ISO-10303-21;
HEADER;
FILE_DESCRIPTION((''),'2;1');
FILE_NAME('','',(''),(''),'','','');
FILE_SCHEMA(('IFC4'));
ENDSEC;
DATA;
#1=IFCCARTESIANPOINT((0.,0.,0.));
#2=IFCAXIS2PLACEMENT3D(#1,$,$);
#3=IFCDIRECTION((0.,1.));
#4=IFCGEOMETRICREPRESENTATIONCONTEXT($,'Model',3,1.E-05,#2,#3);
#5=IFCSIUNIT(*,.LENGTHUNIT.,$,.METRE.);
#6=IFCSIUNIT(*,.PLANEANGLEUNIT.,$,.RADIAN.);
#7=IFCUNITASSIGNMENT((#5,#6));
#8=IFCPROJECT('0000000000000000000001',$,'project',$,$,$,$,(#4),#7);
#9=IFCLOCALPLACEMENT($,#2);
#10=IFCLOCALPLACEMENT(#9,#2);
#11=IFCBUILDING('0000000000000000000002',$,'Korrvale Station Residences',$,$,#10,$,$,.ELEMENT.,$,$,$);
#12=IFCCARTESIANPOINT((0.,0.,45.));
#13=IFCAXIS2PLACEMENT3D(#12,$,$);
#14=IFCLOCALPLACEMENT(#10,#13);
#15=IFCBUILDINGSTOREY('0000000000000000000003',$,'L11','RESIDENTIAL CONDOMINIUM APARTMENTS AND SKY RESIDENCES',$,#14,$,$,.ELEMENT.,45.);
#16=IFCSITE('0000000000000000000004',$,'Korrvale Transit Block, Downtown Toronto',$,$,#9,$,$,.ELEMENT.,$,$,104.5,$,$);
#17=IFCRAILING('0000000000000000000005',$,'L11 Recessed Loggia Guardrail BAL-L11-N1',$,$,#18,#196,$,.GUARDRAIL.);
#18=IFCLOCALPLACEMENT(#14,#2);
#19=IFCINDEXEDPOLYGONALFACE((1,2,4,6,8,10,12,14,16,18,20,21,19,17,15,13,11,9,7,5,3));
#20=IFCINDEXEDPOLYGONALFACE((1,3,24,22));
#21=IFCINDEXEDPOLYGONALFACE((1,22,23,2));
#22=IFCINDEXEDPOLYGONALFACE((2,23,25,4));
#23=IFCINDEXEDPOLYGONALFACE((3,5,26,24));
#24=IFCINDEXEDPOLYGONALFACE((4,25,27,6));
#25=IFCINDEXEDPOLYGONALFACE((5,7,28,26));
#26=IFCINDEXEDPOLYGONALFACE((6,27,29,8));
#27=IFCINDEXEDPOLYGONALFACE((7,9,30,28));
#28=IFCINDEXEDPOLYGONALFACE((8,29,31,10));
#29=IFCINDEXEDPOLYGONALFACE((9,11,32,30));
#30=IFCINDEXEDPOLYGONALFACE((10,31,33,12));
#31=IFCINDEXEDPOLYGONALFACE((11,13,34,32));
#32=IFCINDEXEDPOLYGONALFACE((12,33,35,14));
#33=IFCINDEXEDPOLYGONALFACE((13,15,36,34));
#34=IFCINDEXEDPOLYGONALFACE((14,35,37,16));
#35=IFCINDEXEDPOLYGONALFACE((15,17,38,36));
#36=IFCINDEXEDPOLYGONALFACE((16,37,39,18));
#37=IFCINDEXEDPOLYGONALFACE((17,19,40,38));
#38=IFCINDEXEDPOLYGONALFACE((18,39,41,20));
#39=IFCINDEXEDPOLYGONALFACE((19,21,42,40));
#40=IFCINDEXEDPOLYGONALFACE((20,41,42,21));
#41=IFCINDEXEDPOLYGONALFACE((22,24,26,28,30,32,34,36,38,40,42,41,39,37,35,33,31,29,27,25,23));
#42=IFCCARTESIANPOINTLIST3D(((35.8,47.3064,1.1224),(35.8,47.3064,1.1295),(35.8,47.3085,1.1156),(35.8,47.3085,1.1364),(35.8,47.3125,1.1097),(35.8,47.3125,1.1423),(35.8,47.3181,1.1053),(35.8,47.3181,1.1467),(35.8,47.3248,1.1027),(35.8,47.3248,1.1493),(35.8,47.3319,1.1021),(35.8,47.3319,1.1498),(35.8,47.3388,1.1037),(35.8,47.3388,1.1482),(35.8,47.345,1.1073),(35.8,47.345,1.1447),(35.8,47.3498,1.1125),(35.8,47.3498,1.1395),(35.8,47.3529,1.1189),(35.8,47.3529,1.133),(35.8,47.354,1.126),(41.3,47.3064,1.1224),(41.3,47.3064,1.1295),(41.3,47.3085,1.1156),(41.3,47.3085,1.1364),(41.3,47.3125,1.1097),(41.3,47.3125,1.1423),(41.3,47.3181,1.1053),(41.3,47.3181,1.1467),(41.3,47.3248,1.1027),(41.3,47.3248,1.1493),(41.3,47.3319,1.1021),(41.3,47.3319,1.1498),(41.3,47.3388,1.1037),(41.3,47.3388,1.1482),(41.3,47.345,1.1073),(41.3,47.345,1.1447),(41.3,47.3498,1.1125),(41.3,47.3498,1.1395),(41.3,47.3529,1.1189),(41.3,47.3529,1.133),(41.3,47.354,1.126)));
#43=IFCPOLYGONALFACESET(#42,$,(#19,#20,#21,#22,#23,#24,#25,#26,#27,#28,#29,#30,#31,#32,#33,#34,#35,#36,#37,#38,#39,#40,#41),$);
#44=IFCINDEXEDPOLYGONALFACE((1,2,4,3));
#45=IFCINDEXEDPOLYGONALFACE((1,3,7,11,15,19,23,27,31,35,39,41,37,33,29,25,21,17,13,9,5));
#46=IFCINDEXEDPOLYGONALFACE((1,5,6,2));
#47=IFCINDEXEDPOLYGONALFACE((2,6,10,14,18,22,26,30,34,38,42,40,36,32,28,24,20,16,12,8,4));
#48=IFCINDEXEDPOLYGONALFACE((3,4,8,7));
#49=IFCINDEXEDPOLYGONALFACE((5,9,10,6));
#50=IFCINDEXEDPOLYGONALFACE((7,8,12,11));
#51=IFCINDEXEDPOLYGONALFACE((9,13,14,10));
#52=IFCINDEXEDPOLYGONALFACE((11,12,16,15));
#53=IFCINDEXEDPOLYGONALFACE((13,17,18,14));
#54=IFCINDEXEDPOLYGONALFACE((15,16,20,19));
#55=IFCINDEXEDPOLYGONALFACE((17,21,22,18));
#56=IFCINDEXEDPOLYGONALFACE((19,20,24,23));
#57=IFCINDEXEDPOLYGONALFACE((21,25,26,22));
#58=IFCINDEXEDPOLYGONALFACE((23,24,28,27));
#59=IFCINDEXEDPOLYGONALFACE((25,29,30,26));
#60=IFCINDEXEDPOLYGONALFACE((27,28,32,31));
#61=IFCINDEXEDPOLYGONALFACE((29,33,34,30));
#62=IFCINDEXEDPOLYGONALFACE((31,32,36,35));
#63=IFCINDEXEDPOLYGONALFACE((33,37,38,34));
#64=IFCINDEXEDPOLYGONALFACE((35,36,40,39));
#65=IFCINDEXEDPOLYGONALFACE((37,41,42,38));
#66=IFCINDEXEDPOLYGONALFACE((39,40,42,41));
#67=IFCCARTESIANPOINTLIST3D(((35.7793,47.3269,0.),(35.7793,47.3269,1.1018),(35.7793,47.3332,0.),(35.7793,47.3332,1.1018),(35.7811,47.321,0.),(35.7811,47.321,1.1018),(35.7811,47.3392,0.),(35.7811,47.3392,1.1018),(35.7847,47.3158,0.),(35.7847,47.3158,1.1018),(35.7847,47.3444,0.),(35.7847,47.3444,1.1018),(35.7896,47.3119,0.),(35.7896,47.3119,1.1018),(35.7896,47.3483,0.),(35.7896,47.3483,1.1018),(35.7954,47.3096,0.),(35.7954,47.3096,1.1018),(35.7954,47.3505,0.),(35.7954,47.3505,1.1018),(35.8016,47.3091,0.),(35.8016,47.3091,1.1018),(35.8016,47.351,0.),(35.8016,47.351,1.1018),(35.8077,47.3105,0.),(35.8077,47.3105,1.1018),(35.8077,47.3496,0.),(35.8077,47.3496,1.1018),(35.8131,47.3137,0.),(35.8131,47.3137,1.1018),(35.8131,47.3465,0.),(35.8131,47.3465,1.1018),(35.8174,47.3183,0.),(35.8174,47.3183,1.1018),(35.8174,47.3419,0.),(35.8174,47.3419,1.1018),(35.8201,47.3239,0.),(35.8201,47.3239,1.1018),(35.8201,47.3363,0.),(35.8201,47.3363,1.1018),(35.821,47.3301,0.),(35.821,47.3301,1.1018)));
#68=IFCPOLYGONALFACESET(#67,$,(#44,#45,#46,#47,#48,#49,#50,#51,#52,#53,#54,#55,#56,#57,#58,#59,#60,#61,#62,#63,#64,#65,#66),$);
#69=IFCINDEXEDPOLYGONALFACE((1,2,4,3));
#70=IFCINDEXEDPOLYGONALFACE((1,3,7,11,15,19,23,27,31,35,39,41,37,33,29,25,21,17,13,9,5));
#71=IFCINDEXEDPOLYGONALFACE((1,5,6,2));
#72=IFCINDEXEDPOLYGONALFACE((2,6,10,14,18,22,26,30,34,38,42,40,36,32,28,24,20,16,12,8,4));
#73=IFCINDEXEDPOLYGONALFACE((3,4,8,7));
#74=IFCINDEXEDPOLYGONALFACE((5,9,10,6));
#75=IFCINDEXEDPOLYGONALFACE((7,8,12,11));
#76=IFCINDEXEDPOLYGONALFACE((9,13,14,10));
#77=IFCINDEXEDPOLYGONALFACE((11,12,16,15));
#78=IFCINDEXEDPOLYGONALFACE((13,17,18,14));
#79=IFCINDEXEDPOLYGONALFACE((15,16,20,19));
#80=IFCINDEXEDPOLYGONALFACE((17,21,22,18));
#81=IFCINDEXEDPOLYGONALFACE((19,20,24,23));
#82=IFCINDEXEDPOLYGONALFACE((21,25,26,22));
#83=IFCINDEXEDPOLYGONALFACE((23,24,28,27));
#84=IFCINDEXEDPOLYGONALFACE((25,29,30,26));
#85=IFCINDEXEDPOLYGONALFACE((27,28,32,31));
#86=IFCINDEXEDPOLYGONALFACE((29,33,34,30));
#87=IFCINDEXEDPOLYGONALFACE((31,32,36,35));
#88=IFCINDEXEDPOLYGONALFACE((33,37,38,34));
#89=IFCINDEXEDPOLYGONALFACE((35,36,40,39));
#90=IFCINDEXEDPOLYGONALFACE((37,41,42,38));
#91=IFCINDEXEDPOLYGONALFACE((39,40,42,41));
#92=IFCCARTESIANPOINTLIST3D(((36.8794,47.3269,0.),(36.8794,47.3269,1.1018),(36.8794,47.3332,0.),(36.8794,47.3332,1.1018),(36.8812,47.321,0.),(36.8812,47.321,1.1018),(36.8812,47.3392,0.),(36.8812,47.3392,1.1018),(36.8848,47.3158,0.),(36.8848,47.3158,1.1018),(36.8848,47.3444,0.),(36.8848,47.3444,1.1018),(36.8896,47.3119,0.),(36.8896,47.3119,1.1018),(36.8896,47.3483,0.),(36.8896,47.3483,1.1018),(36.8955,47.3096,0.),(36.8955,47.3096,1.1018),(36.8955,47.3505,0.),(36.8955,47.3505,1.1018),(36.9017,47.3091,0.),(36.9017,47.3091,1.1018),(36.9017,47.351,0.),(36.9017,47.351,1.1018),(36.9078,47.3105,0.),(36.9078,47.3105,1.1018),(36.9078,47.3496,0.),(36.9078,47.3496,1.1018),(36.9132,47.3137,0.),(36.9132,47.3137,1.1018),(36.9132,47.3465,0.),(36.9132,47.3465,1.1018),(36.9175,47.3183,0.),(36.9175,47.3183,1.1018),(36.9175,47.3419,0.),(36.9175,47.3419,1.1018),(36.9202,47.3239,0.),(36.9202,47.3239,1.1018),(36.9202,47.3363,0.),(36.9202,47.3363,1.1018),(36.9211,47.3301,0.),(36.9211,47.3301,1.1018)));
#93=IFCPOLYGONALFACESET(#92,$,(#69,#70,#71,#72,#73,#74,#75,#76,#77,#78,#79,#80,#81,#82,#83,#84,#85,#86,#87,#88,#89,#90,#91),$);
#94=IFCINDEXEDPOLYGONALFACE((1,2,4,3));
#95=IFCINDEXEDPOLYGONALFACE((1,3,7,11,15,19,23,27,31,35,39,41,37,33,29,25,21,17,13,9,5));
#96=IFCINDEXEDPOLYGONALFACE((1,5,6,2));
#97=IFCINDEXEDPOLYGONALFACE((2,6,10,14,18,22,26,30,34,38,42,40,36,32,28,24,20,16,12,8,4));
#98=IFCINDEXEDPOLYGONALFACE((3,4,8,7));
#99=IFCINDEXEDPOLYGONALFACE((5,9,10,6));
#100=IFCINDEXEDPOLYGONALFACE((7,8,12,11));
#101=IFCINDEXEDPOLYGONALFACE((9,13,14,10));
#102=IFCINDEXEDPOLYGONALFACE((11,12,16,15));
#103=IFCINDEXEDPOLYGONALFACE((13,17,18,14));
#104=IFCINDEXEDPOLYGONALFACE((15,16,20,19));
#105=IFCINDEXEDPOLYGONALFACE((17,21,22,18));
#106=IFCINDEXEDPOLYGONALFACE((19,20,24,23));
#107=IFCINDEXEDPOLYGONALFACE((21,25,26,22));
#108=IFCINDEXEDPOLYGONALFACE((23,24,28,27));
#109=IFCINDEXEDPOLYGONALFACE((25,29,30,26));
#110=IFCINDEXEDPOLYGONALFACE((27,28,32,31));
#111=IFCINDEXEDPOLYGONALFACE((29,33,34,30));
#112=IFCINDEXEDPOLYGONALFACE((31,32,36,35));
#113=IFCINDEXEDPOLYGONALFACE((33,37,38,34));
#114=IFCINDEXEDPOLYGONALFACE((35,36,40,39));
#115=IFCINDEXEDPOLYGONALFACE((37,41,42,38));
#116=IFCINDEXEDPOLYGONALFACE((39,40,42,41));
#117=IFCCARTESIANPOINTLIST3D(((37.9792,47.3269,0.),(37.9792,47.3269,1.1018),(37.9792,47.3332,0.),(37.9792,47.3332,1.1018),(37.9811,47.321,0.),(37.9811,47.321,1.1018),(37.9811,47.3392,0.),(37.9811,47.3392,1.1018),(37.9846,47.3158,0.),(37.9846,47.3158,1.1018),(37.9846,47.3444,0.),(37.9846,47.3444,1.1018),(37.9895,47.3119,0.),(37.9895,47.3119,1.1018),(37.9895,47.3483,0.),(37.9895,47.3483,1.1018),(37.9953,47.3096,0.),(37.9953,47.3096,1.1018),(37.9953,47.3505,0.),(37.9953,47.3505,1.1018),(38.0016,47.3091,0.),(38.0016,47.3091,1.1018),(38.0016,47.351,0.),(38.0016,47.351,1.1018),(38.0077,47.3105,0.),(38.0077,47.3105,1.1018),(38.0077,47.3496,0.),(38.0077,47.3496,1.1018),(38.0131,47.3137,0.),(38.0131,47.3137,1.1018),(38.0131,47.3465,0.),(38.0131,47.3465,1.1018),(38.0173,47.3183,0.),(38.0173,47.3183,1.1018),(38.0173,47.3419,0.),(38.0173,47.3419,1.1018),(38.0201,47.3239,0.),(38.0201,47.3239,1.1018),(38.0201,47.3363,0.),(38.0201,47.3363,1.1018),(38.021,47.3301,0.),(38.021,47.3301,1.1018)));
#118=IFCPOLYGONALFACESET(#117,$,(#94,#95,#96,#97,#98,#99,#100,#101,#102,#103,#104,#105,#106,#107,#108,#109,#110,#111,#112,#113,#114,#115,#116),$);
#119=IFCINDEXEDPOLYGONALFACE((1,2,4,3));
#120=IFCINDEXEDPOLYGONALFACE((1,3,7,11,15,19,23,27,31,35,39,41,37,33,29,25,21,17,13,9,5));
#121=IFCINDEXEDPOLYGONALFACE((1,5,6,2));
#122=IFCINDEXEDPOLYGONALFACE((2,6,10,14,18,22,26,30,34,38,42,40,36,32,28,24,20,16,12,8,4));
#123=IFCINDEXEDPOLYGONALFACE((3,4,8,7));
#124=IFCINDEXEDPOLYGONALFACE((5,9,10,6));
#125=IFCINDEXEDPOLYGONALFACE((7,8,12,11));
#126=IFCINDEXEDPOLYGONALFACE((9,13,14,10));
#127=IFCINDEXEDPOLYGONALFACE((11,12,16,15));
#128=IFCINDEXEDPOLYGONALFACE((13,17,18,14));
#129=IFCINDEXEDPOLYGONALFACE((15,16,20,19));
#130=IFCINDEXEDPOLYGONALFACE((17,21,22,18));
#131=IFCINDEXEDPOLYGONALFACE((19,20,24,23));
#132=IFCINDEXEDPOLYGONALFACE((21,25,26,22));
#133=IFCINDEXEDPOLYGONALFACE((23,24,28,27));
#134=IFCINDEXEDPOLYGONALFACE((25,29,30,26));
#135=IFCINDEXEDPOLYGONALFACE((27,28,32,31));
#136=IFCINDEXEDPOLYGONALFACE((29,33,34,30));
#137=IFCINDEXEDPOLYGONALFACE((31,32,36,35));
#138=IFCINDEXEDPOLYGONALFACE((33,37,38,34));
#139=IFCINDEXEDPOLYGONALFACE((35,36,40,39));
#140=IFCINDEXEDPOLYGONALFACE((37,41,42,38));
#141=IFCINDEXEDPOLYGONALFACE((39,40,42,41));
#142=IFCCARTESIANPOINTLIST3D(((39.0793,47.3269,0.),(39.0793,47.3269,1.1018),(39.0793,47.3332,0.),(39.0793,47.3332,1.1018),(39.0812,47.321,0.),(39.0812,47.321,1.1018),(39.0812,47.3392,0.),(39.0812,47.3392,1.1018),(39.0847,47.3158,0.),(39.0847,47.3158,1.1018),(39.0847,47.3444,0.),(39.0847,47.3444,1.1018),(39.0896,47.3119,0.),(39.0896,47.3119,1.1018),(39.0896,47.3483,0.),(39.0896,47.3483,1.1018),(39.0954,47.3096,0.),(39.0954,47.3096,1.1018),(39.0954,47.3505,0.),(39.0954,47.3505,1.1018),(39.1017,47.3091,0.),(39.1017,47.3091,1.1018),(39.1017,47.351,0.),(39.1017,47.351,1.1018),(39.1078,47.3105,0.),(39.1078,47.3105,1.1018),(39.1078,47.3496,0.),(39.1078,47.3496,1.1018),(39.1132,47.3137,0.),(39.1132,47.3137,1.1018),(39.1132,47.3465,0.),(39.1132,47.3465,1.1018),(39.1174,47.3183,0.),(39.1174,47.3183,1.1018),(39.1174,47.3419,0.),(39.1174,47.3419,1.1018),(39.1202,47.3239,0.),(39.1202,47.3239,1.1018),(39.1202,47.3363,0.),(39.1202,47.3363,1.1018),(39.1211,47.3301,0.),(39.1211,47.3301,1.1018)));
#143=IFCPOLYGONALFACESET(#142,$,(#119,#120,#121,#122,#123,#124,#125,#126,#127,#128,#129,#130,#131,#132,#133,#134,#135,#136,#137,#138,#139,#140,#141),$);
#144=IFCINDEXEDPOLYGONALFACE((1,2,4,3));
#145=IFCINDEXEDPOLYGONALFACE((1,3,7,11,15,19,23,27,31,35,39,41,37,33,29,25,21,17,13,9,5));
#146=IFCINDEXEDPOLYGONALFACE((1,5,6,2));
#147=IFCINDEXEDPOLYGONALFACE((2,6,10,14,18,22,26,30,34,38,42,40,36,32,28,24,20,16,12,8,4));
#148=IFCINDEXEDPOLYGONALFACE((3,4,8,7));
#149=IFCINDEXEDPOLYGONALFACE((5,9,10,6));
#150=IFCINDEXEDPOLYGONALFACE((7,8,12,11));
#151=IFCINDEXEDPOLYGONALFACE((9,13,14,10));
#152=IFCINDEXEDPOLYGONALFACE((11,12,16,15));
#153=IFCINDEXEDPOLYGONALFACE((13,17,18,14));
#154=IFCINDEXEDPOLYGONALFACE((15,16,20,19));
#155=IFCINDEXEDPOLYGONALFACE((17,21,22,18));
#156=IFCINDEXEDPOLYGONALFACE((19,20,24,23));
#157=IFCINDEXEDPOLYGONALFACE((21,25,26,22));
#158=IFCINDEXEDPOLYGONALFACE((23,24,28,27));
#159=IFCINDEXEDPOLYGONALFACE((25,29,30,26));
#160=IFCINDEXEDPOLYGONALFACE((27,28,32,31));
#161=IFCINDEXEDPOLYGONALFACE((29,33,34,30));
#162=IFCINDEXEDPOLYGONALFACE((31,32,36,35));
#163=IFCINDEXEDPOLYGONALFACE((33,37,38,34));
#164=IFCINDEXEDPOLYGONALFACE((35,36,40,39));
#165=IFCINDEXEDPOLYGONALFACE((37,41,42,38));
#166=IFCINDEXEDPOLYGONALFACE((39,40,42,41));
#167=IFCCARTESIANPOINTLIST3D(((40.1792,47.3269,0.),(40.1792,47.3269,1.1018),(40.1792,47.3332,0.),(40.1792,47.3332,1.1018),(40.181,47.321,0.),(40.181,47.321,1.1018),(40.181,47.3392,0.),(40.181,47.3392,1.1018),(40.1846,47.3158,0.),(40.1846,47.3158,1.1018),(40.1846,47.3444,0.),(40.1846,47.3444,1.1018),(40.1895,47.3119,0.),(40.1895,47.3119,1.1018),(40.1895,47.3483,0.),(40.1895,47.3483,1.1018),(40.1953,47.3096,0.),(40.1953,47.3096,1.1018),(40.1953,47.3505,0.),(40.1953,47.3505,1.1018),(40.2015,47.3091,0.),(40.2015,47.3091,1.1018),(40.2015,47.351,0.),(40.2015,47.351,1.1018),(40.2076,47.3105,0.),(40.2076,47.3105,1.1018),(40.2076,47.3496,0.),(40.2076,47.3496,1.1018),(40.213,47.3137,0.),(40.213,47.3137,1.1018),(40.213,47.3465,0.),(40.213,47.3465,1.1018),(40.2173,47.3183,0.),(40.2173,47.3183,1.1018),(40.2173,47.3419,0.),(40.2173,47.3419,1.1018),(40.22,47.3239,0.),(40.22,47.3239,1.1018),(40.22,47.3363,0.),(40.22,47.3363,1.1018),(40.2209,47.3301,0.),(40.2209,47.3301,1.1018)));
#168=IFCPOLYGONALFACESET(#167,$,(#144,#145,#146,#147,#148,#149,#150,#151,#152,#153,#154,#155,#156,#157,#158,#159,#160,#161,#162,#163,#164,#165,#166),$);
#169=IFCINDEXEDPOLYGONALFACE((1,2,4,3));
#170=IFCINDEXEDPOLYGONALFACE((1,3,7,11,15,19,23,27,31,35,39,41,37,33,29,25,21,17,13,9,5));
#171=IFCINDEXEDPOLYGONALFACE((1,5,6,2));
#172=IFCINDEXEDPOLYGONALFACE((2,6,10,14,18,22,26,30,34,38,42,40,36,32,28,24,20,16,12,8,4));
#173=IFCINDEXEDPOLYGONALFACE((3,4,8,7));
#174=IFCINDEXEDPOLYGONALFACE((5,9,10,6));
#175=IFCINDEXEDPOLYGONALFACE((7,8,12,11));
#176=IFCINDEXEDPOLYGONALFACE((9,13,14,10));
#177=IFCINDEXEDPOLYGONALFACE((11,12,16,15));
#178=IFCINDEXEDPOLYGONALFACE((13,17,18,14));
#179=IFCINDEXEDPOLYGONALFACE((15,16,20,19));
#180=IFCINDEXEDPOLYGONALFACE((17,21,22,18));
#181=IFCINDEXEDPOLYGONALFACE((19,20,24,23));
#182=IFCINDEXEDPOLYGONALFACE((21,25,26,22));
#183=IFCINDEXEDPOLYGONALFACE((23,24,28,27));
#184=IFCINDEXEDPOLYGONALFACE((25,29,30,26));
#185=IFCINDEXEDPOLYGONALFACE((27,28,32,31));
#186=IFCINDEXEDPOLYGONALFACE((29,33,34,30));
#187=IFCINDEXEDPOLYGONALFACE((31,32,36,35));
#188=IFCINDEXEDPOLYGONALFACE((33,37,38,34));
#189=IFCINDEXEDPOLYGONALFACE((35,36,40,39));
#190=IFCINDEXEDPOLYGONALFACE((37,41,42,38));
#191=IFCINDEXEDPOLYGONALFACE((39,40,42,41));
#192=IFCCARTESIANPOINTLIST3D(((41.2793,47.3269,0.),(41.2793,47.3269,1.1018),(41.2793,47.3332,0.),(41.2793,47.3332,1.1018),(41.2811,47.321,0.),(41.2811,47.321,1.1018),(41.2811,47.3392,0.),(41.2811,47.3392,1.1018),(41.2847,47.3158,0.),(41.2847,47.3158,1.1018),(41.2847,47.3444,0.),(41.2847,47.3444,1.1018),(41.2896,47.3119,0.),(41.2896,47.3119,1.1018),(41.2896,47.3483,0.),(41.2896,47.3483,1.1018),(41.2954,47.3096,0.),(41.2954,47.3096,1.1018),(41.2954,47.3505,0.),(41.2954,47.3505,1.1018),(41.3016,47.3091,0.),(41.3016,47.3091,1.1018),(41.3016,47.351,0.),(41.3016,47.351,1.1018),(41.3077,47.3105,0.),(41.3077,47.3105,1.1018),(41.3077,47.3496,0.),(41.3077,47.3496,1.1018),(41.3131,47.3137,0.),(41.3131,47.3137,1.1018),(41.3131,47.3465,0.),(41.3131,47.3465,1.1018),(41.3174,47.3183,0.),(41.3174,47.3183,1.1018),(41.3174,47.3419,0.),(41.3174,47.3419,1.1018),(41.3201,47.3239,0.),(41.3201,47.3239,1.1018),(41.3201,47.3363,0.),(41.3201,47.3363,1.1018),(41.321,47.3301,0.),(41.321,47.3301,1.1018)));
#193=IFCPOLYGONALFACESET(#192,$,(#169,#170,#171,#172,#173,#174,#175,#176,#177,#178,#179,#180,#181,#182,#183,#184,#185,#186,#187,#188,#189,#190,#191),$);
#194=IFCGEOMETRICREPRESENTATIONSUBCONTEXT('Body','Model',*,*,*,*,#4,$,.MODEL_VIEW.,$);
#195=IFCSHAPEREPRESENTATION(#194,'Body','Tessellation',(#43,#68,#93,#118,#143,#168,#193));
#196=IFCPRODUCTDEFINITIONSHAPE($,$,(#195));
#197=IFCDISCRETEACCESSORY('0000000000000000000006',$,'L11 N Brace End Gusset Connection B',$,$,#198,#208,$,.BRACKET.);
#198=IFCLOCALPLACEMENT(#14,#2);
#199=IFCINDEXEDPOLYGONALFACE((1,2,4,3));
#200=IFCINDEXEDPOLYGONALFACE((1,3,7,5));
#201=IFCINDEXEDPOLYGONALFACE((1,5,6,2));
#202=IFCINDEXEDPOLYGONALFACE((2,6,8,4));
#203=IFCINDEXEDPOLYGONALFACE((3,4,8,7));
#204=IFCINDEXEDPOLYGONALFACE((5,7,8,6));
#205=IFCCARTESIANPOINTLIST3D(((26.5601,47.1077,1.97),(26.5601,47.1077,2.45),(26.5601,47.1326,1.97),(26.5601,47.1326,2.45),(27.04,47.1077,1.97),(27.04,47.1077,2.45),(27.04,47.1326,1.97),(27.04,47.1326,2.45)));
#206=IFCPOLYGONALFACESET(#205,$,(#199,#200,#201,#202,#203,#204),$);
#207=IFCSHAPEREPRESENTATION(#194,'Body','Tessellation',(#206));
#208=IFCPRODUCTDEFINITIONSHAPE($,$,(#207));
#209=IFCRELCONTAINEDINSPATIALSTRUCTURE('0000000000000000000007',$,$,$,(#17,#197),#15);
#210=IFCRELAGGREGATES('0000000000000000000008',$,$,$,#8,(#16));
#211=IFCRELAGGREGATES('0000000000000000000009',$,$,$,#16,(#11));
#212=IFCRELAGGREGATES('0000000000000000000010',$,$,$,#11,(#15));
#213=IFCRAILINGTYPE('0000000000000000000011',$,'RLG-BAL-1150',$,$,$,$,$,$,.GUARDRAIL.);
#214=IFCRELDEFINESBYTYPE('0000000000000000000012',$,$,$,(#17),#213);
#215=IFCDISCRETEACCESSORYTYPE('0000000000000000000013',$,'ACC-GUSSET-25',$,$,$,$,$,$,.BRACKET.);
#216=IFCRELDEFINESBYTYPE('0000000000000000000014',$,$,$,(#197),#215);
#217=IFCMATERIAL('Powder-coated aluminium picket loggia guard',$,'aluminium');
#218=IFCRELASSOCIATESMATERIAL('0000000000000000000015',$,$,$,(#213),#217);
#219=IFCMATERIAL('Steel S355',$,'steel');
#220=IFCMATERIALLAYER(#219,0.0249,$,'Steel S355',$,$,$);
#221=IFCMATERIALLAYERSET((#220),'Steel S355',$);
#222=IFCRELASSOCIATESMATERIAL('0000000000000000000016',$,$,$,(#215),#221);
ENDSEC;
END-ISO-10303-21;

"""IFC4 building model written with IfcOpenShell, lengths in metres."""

from ifc_helpers import new_model, si_unit, direction, frame, origin, origin_2d, place, context, subcontext, project, spatial, rectangle, circle, extrude, material, layer, layer_set, type_object, element, save


model = new_model("IFC4")

# Units and contexts
model_context = context("Model", 3, precision=1e-05, world=origin(), true_north=direction((0.0, 1.0)))
body_context = subcontext(model_context, "Body", "Model", "MODEL_VIEW")
ifc_project = project(units=[si_unit("LENGTHUNIT", "METRE"), si_unit("PLANEANGLEUNIT", "RADIAN")], contexts=[model_context])

# Site, building, storey
site_placement = place(None, origin())
site = spatial("IfcSite", under=ifc_project, at=site_placement, Name="Korrvale Transit Block, Downtown Toronto", CompositionType="ELEMENT", RefElevation=104.5)
building_placement = place(site_placement, origin())
building = spatial("IfcBuilding", under=site, at=building_placement, Name="Korrvale Station Residences", CompositionType="ELEMENT")
storey_placement = place(building_placement, frame((0.0, 0.0, 45.0)))
storey = spatial("IfcBuildingStorey", under=building, at=storey_placement, Name="L11", Description="RESIDENTIAL CONDOMINIUM APARTMENTS AND SKY RESIDENCES", CompositionType="ELEMENT", Elevation=45.0)

# Shared definitions
ifc_material_1 = material(Name="Steel S355", Category="steel")

# Railing
ifc_material_2 = material(Name="Powder-coated aluminium picket loggia guard", Category="aluminium")
railing_type = type_object("IfcRailingType", Name="RLG-BAL-1150", PredefinedType="GUARDRAIL", material=ifc_material_2)
railing_placement = place(storey_placement, frame((35.8, 47.3301, 0.0)))
element("IfcRailing", 1, at=railing_placement, inside=storey, type_object=railing_type, Name="L11 Recessed Loggia Guardrail BAL-L11-N1", PredefinedType="GUARDRAIL", context=body_context, shape_type="SweptSolid", body=[
    extrude(circle(Radius=0.0239, at=origin_2d()), frame((0.0, 0.0, 1.126), z_axis=(1.0, 0.0, 0.0), x_axis=(0.0, 1.0, 0.0)), (0.0, 0.0, 1.0), 5.5),
    extrude(circle(Radius=0.021, at=origin_2d()), origin(), (0.0, 0.0, 1.0), 1.1018),
    extrude(circle(Radius=0.021, at=origin_2d()), frame((1.1001, 0.0, 0.0)), (0.0, 0.0, 1.0), 1.1018),
    extrude(circle(Radius=0.021, at=origin_2d()), frame((2.2, 0.0, 0.0)), (0.0, 0.0, 1.0), 1.1018),
    extrude(circle(Radius=0.021, at=origin_2d()), frame((3.3, 0.0, 0.0)), (0.0, 0.0, 1.0), 1.1018),
    extrude(circle(Radius=0.021, at=origin_2d()), frame((4.3999, 0.0, 0.0)), (0.0, 0.0, 1.0), 1.1018),
    extrude(circle(Radius=0.021, at=origin_2d()), frame((5.5, 0.0, 0.0)), (0.0, 0.0, 1.0), 1.1018),
])

# Discrete accessory
ifc_layer_1 = layer(ifc_material_1, 0.0249, Name="Steel S355")
ifc_layer_set_1 = layer_set([ifc_layer_1], Name="Steel S355")
discrete_accessory_type = type_object("IfcDiscreteAccessoryType", Name="ACC-GUSSET-25", PredefinedType="BRACKET", material=ifc_layer_set_1)
discrete_accessory_placement = place(storey_placement, frame((26.8, 47.1201, 1.97), z_axis=(0.0, 0.0, 1.0), x_axis=(1.0, 0.0, 0.0)))
element("IfcDiscreteAccessory", 2, at=discrete_accessory_placement, inside=storey, type_object=discrete_accessory_type, Name="L11 N Brace End Gusset Connection B", PredefinedType="BRACKET", context=body_context, shape_type="SweptSolid", body=[
    extrude(rectangle(XDim=0.48, YDim=0.0249, at=origin_2d()), origin(), (0.0, 0.0, 1.0), 0.48),
])

save(model, "model.ifc")
